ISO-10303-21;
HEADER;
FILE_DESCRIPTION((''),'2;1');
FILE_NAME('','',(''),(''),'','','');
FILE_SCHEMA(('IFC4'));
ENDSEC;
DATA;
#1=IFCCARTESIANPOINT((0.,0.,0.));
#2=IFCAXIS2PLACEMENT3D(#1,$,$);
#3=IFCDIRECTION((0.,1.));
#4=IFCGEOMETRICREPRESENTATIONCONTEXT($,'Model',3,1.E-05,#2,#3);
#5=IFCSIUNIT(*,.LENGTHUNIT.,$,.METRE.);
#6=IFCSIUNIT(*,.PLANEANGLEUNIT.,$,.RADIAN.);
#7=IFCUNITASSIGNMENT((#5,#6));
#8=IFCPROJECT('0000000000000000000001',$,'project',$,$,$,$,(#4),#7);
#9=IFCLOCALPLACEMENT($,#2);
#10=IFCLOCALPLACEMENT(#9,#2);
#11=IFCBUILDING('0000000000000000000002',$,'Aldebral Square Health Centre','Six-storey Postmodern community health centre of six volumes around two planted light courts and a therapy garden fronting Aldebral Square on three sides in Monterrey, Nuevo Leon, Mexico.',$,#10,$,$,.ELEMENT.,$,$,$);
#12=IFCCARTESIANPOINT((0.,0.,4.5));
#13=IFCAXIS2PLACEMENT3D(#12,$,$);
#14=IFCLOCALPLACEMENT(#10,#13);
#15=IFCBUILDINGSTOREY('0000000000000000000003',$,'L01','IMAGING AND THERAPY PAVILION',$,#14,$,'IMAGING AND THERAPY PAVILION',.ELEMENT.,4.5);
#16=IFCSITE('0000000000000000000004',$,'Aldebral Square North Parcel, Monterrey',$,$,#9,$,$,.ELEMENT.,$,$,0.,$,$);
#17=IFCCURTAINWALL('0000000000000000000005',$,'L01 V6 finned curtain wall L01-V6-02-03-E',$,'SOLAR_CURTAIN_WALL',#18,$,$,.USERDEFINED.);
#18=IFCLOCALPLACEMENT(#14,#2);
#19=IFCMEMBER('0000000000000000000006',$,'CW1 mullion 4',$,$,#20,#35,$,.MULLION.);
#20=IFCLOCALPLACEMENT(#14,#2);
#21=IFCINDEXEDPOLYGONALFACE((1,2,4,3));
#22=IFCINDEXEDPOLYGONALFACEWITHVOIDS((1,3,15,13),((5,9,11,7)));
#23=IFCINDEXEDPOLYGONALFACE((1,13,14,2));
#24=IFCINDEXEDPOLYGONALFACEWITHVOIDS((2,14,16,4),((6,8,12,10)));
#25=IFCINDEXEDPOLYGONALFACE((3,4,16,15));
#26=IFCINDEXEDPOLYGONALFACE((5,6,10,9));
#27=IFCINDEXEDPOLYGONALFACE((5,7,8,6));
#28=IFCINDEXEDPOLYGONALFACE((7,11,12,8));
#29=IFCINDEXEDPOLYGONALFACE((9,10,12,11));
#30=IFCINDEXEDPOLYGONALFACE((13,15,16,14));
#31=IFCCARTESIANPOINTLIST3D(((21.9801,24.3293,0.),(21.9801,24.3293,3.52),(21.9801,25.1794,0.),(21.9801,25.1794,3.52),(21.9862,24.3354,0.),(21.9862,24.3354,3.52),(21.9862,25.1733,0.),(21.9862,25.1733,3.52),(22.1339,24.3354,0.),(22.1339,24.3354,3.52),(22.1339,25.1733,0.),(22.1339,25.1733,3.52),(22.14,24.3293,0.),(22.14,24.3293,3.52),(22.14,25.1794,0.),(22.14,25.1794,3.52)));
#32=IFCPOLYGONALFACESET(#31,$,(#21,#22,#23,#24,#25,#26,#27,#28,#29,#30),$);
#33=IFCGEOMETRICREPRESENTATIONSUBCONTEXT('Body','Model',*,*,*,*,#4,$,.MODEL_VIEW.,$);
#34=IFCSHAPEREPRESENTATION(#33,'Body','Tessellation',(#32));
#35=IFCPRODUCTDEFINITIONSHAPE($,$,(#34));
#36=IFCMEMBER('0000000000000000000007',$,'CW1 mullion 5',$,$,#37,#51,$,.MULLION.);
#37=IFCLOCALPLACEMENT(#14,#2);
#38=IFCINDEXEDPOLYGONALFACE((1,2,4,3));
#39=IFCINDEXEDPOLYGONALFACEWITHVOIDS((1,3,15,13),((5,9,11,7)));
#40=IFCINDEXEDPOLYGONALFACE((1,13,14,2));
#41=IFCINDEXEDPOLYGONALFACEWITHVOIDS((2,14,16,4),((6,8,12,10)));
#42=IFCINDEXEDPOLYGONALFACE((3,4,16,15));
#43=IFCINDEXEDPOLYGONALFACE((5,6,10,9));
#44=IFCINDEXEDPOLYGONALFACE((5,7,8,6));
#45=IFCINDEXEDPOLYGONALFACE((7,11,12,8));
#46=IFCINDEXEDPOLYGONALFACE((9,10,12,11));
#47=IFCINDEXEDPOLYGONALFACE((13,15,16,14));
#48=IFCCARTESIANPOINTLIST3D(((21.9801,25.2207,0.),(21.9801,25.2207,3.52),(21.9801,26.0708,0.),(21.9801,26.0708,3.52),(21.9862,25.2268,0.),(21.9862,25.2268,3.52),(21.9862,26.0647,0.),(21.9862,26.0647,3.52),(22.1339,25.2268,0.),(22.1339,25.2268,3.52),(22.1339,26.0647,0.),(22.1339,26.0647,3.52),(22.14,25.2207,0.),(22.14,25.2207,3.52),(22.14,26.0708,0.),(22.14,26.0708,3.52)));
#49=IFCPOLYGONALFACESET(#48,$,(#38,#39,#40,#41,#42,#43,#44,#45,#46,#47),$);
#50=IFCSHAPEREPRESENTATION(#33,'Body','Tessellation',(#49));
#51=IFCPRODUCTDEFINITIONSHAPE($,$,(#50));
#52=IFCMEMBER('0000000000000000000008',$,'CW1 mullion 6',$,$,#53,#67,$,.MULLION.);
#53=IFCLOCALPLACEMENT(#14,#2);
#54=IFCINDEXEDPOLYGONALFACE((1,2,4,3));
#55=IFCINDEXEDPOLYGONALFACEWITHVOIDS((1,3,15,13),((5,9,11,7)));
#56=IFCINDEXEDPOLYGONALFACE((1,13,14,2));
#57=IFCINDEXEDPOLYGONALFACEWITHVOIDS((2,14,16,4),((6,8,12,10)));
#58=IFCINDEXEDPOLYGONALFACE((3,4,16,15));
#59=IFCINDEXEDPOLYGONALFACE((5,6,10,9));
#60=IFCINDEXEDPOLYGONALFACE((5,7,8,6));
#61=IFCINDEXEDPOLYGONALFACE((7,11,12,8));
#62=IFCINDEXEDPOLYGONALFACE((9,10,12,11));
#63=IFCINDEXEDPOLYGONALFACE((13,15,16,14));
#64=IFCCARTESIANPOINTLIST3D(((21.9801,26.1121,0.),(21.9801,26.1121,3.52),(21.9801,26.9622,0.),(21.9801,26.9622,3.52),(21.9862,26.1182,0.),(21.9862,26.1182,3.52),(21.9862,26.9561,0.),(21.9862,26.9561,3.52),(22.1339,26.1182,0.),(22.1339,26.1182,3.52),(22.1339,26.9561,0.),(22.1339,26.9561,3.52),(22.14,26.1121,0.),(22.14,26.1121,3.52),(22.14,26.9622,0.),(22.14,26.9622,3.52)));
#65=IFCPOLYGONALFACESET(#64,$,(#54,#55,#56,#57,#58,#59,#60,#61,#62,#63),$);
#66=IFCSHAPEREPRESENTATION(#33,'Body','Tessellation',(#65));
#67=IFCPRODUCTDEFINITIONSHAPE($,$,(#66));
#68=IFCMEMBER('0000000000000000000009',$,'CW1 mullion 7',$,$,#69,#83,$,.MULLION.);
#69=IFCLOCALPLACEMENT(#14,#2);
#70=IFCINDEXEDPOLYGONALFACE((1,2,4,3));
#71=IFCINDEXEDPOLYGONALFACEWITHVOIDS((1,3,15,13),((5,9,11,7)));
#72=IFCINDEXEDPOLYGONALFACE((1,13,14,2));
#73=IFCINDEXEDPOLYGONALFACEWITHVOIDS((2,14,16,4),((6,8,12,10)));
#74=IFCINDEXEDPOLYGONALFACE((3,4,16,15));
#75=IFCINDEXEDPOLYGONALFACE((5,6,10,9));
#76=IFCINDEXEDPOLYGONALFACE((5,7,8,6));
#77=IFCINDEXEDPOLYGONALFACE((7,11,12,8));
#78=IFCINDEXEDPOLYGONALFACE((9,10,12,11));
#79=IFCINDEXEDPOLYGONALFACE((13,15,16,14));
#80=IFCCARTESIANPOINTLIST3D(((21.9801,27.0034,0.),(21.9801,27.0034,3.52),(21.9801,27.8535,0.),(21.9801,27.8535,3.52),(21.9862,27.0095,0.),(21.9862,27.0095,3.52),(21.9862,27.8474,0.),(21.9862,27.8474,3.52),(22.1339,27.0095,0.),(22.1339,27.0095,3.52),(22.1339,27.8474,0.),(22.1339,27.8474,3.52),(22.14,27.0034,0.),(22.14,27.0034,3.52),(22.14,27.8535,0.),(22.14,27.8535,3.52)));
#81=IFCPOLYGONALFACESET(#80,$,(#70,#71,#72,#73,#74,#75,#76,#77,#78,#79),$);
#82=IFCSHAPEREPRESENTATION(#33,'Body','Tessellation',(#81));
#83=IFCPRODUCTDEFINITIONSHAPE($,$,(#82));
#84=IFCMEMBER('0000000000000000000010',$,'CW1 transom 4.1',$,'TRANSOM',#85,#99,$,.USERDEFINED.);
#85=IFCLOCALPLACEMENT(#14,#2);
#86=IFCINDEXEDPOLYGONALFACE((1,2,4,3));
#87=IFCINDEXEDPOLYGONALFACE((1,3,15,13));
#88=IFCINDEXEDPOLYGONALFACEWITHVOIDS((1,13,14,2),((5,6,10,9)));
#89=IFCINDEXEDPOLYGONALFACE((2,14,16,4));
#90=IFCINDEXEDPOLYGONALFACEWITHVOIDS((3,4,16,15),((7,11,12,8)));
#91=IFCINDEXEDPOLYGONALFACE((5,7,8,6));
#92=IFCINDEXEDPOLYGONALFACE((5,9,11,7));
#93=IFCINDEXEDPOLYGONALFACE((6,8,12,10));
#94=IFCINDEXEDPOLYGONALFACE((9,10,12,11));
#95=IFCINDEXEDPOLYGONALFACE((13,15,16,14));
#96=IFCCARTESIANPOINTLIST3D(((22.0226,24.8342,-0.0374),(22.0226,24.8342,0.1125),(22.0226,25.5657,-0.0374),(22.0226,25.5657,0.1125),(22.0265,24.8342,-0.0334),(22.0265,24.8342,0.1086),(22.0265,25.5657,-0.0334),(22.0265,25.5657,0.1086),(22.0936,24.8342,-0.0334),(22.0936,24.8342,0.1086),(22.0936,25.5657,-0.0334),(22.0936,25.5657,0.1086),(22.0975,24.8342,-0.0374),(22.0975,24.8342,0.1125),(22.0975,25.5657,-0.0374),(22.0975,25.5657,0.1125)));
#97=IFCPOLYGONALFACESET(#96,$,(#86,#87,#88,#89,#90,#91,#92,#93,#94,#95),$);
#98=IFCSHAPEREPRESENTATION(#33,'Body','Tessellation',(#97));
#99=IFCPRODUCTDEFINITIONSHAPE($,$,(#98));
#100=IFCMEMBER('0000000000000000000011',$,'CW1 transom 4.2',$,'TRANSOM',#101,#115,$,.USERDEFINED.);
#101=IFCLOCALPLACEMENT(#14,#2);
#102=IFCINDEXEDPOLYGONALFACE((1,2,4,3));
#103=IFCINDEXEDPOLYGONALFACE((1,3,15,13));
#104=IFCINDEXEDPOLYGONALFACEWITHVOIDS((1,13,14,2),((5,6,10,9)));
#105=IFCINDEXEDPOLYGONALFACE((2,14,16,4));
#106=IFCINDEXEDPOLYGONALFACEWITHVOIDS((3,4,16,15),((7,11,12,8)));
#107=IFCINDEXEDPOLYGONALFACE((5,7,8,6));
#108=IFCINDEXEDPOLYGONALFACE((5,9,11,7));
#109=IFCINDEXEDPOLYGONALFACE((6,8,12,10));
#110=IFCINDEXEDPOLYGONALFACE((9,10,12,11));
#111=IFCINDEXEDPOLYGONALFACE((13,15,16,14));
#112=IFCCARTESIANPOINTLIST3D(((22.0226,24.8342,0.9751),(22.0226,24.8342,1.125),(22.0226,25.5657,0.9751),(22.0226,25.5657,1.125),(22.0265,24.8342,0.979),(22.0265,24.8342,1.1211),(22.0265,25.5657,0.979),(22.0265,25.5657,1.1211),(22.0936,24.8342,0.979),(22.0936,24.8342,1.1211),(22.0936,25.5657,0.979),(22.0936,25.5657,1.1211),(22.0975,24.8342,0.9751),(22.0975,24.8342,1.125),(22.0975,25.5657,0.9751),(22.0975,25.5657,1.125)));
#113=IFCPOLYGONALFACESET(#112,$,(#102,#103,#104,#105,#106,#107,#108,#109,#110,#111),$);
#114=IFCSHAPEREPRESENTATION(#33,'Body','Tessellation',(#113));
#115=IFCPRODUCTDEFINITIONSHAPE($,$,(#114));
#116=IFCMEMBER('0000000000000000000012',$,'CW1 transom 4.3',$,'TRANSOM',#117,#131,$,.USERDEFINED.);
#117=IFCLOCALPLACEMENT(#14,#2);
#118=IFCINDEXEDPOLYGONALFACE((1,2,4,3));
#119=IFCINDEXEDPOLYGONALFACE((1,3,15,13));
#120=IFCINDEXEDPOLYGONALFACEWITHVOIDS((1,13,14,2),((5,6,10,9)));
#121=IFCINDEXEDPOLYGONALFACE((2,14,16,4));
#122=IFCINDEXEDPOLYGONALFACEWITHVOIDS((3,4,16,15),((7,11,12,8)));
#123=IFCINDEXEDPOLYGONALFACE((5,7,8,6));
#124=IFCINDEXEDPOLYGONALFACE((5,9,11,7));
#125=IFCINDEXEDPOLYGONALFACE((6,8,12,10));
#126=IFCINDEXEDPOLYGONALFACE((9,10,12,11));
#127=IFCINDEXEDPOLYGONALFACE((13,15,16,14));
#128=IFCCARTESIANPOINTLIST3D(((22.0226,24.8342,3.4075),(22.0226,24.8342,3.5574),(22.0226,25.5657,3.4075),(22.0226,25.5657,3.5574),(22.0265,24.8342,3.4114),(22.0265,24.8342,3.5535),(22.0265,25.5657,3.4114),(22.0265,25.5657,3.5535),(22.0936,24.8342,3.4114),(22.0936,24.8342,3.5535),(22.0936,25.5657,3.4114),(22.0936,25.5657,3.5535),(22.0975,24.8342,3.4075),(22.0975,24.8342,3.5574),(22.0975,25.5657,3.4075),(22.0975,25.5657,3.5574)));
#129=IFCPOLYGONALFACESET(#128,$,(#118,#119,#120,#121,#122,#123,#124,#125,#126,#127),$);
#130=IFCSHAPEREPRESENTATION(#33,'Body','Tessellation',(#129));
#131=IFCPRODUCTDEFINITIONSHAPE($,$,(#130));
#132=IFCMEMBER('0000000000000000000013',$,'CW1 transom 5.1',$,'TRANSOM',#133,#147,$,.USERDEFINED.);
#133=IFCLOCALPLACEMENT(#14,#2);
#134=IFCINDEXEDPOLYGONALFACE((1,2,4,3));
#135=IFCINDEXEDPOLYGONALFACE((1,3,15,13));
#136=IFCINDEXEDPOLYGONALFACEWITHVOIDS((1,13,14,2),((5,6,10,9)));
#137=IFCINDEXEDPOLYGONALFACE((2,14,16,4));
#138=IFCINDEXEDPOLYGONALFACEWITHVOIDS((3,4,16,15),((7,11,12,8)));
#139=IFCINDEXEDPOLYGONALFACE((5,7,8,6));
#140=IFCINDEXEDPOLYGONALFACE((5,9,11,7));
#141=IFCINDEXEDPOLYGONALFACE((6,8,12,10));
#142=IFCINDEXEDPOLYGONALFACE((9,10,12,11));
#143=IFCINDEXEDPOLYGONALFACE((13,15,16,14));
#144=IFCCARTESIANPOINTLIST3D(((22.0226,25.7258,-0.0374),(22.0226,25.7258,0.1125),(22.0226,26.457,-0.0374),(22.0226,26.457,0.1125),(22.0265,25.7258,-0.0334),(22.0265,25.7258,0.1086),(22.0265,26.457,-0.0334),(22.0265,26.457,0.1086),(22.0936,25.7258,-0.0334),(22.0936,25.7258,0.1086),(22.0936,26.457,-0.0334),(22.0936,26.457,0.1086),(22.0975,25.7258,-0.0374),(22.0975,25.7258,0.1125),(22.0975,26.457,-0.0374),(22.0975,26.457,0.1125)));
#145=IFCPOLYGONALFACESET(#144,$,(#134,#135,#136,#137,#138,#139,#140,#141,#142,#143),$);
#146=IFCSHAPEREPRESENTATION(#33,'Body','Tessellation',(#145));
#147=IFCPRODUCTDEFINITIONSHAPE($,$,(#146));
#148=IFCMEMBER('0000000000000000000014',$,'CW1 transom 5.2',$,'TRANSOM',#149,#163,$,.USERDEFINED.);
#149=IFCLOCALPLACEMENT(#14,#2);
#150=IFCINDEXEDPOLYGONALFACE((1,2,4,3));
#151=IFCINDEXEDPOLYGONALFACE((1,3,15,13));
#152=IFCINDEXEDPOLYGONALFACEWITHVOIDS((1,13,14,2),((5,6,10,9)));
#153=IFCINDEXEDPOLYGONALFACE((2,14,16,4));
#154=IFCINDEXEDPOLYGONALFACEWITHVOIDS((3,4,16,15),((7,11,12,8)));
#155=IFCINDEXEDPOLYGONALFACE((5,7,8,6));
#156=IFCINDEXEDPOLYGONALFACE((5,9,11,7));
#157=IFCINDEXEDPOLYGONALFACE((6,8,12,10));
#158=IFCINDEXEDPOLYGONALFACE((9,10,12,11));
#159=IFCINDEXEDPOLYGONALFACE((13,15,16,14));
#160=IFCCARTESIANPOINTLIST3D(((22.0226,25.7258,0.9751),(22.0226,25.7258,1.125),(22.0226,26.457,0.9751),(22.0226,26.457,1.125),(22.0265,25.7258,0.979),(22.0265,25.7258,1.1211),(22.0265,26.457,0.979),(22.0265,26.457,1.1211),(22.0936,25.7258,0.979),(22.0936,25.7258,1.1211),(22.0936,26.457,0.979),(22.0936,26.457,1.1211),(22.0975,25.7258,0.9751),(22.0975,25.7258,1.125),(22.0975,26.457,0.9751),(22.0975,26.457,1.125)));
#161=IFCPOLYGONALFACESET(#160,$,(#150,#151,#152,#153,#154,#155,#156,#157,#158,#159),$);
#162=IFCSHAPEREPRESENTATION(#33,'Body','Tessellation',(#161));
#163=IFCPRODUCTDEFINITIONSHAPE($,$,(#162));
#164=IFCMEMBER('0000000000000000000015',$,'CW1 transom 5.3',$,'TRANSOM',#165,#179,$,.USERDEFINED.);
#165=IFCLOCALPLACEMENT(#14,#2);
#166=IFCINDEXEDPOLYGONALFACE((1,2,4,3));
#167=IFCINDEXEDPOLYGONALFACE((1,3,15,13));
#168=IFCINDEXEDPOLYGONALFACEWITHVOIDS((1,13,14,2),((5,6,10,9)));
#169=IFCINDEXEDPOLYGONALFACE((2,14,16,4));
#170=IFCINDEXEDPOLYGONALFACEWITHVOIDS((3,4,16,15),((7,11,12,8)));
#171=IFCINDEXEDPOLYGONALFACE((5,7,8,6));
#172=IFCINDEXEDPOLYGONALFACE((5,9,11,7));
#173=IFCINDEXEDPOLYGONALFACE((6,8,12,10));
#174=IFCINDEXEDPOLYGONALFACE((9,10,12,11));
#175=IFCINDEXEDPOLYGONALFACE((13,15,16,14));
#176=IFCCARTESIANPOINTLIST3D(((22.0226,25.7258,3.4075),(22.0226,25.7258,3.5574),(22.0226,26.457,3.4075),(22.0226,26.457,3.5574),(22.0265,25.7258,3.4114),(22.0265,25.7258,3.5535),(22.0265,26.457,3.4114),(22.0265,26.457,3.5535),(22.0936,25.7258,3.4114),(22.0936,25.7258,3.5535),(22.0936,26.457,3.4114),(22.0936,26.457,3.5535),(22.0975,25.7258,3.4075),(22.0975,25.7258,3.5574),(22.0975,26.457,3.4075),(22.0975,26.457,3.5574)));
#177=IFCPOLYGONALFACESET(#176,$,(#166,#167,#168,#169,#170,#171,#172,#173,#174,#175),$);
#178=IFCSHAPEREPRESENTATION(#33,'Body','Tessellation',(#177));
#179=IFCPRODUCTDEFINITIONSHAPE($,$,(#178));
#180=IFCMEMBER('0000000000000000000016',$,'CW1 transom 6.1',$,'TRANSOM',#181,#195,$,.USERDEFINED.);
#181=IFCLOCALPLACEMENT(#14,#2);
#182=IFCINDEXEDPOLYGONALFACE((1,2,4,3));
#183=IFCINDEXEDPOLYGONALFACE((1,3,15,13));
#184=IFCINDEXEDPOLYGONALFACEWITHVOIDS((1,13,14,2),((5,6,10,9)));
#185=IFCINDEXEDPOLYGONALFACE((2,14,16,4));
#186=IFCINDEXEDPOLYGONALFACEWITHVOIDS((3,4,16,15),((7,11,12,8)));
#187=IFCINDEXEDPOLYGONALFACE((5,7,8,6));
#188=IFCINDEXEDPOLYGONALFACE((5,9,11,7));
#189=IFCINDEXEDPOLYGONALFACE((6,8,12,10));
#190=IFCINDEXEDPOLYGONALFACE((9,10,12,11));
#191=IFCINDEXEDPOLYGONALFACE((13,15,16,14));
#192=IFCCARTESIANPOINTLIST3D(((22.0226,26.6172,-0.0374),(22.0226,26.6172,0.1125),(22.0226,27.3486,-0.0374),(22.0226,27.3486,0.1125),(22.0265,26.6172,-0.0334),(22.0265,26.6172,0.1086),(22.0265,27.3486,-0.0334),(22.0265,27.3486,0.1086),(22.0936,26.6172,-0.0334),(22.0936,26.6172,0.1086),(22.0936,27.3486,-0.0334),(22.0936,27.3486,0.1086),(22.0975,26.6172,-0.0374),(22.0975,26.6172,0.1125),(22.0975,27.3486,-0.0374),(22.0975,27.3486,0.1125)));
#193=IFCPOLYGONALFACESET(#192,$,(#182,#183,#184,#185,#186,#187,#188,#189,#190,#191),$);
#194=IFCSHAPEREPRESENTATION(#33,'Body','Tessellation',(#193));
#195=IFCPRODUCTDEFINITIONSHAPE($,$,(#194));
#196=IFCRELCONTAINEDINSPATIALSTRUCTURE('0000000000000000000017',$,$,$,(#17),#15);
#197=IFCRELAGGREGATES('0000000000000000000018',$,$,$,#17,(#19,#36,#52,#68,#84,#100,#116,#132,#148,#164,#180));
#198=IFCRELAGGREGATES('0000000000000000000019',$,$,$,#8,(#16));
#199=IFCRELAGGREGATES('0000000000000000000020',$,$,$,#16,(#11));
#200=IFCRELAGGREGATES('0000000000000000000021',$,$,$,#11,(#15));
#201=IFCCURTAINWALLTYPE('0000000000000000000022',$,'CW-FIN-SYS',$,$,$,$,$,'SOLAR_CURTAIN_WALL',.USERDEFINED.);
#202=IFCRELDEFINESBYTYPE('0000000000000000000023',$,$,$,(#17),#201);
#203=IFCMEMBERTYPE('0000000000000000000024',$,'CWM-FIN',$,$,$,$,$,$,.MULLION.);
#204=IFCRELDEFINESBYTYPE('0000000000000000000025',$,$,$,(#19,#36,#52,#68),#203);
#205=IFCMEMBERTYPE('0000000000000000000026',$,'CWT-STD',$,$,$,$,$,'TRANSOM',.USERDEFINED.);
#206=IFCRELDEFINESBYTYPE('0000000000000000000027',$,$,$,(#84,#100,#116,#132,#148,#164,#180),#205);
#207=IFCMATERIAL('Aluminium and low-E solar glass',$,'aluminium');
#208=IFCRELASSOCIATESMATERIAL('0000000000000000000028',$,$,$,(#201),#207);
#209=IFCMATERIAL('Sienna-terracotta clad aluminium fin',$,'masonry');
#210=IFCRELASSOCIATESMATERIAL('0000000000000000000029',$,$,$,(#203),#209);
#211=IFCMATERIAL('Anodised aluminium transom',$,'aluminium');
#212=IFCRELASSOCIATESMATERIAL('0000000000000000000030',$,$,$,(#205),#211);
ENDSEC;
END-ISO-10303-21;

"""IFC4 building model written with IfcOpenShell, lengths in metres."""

from ifc_helpers import new_model, si_unit, direction, frame, origin, origin_2d, place, context, subcontext, project, spatial, hollow_rectangle, extrude, material, material_profile, profile_set, type_object, element, aggregate, save


model = new_model("IFC4")

# Units and contexts
model_context = context("Model", 3, precision=1e-05, world=origin(), true_north=direction((0.0, 1.0)))
body_context = subcontext(model_context, "Body", "Model", "MODEL_VIEW")
ifc_project = project(units=[si_unit("LENGTHUNIT", "METRE"), si_unit("PLANEANGLEUNIT", "RADIAN")], contexts=[model_context])

# Site, building, storey
site_placement = place(None, origin())
site = spatial("IfcSite", under=ifc_project, at=site_placement, Name="Aldebral Square North Parcel, Monterrey", CompositionType="ELEMENT", RefElevation=0.0)
building_placement = place(site_placement, origin())
building = spatial("IfcBuilding", under=site, at=building_placement, Name="Aldebral Square Health Centre", Description="Six-storey Postmodern community health centre of six volumes around two planted light courts and a therapy garden fronting Aldebral Square on three sides in Monterrey, Nuevo Leon, Mexico.", CompositionType="ELEMENT")
storey_placement = place(building_placement, frame((0.0, 0.0, 4.5)))
storey = spatial("IfcBuildingStorey", under=building, at=storey_placement, Name="L01", Description="IMAGING AND THERAPY PAVILION", LongName="IMAGING AND THERAPY PAVILION", CompositionType="ELEMENT", Elevation=4.5)

# Curtain wall, members
ifc_material_1 = material(Name="Aluminium and low-E solar glass", Category="aluminium")
curtain_wall_type = type_object("IfcCurtainWallType", Name="CW-FIN-SYS", ElementType="SOLAR_CURTAIN_WALL", PredefinedType="USERDEFINED", material=ifc_material_1)
curtain_wall_placement = place(storey_placement, origin())
curtain_wall = element("IfcCurtainWall", 1, at=curtain_wall_placement, inside=storey, type_object=curtain_wall_type, Name="L01 V6 finned curtain wall L01-V6-02-03-E", ObjectType="SOLAR_CURTAIN_WALL", PredefinedType="USERDEFINED")
ifc_material_2 = material(Name="Sienna-terracotta clad aluminium fin", Category="masonry")
ifc_material_profile_1 = material_profile(ifc_material_2, hollow_rectangle(XDim=0.1599, YDim=0.8501, WallThickness=0.0061, at=origin_2d()), Name="FIN 160x850x6")
ifc_profile_set_1 = profile_set([ifc_material_profile_1], Name="Sienna-terracotta clad aluminium fin")
member_type_1 = type_object("IfcMemberType", Name="CWM-FIN", PredefinedType="MULLION", material=ifc_profile_set_1)
member_1_placement = place(storey_placement, frame((22.0601, 24.7544, 0.0), z_axis=(0.0, 0.0, 1.0), x_axis=(-1.0, 0.0, 0.0)))
member_1 = element("IfcMember", 2, at=member_1_placement, type_object=member_type_1, Name="CW1 mullion 4", PredefinedType="MULLION", context=body_context, shape_type="SweptSolid", body=[
    extrude(hollow_rectangle(XDim=0.1599, YDim=0.8501, WallThickness=0.0061, at=origin_2d()), origin(), (0.0, 0.0, 1.0), 3.52),
])
member_2_placement = place(storey_placement, frame((22.0601, 25.6458, 0.0), z_axis=(0.0, 0.0, 1.0), x_axis=(-1.0, 0.0, 0.0)))
member_2 = element("IfcMember", 3, at=member_2_placement, type_object=member_type_1, Name="CW1 mullion 5", PredefinedType="MULLION", context=body_context, shape_type="SweptSolid", body=[
    extrude(hollow_rectangle(XDim=0.1599, YDim=0.8501, WallThickness=0.0061, at=origin_2d()), origin(), (0.0, 0.0, 1.0), 3.52),
])
member_3_placement = place(storey_placement, frame((22.0601, 26.5371, 0.0), z_axis=(0.0, 0.0, 1.0), x_axis=(-1.0, 0.0, 0.0)))
member_3 = element("IfcMember", 4, at=member_3_placement, type_object=member_type_1, Name="CW1 mullion 6", PredefinedType="MULLION", context=body_context, shape_type="SweptSolid", body=[
    extrude(hollow_rectangle(XDim=0.1599, YDim=0.8501, WallThickness=0.0061, at=origin_2d()), origin(), (0.0, 0.0, 1.0), 3.52),
])
member_4_placement = place(storey_placement, frame((22.0601, 27.4285, 0.0), z_axis=(0.0, 0.0, 1.0), x_axis=(-1.0, 0.0, 0.0)))
member_4 = element("IfcMember", 5, at=member_4_placement, type_object=member_type_1, Name="CW1 mullion 7", PredefinedType="MULLION", context=body_context, shape_type="SweptSolid", body=[
    extrude(hollow_rectangle(XDim=0.1599, YDim=0.8501, WallThickness=0.0061, at=origin_2d()), origin(), (0.0, 0.0, 1.0), 3.52),
])
ifc_material_3 = material(Name="Anodised aluminium transom", Category="aluminium")
ifc_material_profile_2 = material_profile(ifc_material_3, hollow_rectangle(XDim=0.075, YDim=0.1499, WallThickness=0.0039, at=origin_2d()), Name="CWT 75x150x4")
ifc_profile_set_2 = profile_set([ifc_material_profile_2], Name="Anodised aluminium transom")
member_type_2 = type_object("IfcMemberType", Name="CWT-STD", ElementType="TRANSOM", PredefinedType="USERDEFINED", material=ifc_profile_set_2)
member_5_placement = place(storey_placement, frame((22.0601, 24.8342, 0.0376), z_axis=(0.0, 1.0, 0.0), x_axis=(-1.0, 0.0, 0.0)))
member_5 = element("IfcMember", 6, at=member_5_placement, type_object=member_type_2, Name="CW1 transom 4.1", ObjectType="TRANSOM", PredefinedType="USERDEFINED", context=body_context, shape_type="SweptSolid", body=[
    extrude(hollow_rectangle(XDim=0.075, YDim=0.1499, WallThickness=0.0039, at=origin_2d()), origin(), (0.0, 0.0, 1.0), 0.7314),
])
member_6_placement = place(storey_placement, frame((22.0601, 24.8342, 1.05), z_axis=(0.0, 1.0, 0.0), x_axis=(-1.0, 0.0, 0.0)))
member_6 = element("IfcMember", 7, at=member_6_placement, type_object=member_type_2, Name="CW1 transom 4.2", ObjectType="TRANSOM", PredefinedType="USERDEFINED", context=body_context, shape_type="SweptSolid", body=[
    extrude(hollow_rectangle(XDim=0.075, YDim=0.1499, WallThickness=0.0039, at=origin_2d()), origin(), (0.0, 0.0, 1.0), 0.7314),
])
member_7_placement = place(storey_placement, frame((22.0601, 24.8342, 3.4824), z_axis=(0.0, 1.0, 0.0), x_axis=(-1.0, 0.0, 0.0)))
member_7 = element("IfcMember", 8, at=member_7_placement, type_object=member_type_2, Name="CW1 transom 4.3", ObjectType="TRANSOM", PredefinedType="USERDEFINED", context=body_context, shape_type="SweptSolid", body=[
    extrude(hollow_rectangle(XDim=0.075, YDim=0.1499, WallThickness=0.0039, at=origin_2d()), origin(), (0.0, 0.0, 1.0), 0.7314),
])
member_8_placement = place(storey_placement, frame((22.0601, 25.7258, 0.0376), z_axis=(0.0, 1.0, 0.0), x_axis=(-1.0, 0.0, 0.0)))
member_8 = element("IfcMember", 9, at=member_8_placement, type_object=member_type_2, Name="CW1 transom 5.1", ObjectType="TRANSOM", PredefinedType="USERDEFINED", context=body_context, shape_type="SweptSolid", body=[
    extrude(hollow_rectangle(XDim=0.075, YDim=0.1499, WallThickness=0.0039, at=origin_2d()), origin(), (0.0, 0.0, 1.0), 0.7312),
])
member_9_placement = place(storey_placement, frame((22.0601, 25.7258, 1.05), z_axis=(0.0, 1.0, 0.0), x_axis=(-1.0, 0.0, 0.0)))
member_9 = element("IfcMember", 10, at=member_9_placement, type_object=member_type_2, Name="CW1 transom 5.2", ObjectType="TRANSOM", PredefinedType="USERDEFINED", context=body_context, shape_type="SweptSolid", body=[
    extrude(hollow_rectangle(XDim=0.075, YDim=0.1499, WallThickness=0.0039, at=origin_2d()), origin(), (0.0, 0.0, 1.0), 0.7312),
])
member_10_placement = place(storey_placement, frame((22.0601, 25.7258, 3.4824), z_axis=(0.0, 1.0, 0.0), x_axis=(-1.0, 0.0, 0.0)))
member_10 = element("IfcMember", 11, at=member_10_placement, type_object=member_type_2, Name="CW1 transom 5.3", ObjectType="TRANSOM", PredefinedType="USERDEFINED", context=body_context, shape_type="SweptSolid", body=[
    extrude(hollow_rectangle(XDim=0.075, YDim=0.1499, WallThickness=0.0039, at=origin_2d()), origin(), (0.0, 0.0, 1.0), 0.7312),
])
member_11_placement = place(storey_placement, frame((22.0601, 26.6172, 0.0376), z_axis=(0.0, 1.0, 0.0), x_axis=(-1.0, 0.0, 0.0)))
member_11 = element("IfcMember", 12, at=member_11_placement, type_object=member_type_2, Name="CW1 transom 6.1", ObjectType="TRANSOM", PredefinedType="USERDEFINED", context=body_context, shape_type="SweptSolid", body=[
    extrude(hollow_rectangle(XDim=0.075, YDim=0.1499, WallThickness=0.0039, at=origin_2d()), origin(), (0.0, 0.0, 1.0), 0.7314),
])
aggregate(curtain_wall, [member_1, member_2, member_3, member_4, member_5, member_6, member_7, member_8, member_9, member_10, member_11])

save(model, "model.ifc")
